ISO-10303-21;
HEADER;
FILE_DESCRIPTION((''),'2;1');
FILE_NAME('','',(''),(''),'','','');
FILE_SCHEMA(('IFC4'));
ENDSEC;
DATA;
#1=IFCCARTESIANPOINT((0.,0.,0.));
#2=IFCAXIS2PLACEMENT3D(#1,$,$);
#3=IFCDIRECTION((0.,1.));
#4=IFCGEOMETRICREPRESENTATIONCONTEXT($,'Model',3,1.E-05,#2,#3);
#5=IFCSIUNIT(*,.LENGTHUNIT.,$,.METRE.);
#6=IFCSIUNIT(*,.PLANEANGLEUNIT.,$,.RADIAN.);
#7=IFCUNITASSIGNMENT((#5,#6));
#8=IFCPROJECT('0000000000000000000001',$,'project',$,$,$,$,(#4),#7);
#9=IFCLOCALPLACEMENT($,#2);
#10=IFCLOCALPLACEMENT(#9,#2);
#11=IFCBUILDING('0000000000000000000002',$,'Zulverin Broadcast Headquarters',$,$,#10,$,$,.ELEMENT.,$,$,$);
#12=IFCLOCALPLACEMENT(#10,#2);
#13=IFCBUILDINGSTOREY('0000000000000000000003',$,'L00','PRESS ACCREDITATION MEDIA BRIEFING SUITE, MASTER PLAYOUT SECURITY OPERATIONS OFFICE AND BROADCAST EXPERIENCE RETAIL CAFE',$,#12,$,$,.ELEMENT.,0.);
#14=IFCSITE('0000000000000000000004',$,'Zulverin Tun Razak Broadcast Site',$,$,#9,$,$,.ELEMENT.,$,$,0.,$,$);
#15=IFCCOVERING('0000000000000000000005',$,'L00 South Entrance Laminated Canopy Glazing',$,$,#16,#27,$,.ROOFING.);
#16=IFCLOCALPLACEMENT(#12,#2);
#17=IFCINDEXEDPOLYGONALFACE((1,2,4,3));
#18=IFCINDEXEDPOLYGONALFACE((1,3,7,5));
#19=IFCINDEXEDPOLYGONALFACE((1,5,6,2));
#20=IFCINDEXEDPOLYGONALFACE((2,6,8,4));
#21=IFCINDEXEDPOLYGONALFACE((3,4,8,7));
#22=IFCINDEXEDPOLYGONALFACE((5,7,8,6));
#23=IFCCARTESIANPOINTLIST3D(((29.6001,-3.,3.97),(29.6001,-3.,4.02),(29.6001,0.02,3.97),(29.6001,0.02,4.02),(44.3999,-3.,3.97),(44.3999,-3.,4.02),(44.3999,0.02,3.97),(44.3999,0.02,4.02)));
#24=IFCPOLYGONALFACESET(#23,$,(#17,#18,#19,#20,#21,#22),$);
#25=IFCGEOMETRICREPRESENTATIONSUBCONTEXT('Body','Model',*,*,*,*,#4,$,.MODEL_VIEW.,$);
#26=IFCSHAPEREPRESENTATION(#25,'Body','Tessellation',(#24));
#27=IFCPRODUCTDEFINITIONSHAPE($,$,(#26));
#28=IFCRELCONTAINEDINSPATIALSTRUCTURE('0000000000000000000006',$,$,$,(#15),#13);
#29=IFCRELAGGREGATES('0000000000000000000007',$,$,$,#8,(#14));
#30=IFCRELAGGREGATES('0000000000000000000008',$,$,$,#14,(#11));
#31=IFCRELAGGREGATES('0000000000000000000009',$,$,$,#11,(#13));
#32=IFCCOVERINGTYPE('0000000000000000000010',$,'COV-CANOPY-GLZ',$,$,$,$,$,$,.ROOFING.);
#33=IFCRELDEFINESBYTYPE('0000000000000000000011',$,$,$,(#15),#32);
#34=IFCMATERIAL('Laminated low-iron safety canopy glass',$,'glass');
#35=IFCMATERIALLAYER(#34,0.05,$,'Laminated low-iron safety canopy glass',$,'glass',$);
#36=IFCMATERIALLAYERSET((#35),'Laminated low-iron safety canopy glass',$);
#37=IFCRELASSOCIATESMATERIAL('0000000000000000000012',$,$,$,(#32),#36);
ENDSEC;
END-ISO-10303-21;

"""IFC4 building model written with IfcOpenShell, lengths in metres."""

from ifc_helpers import new_model, si_unit, direction, frame, origin, place, context, subcontext, project, spatial, polyline, outline, extrude, material, layer, layer_set, type_object, element, save


model = new_model("IFC4")

# Units and contexts
model_context = context("Model", 3, precision=1e-05, world=origin(), true_north=direction((0.0, 1.0)))
body_context = subcontext(model_context, "Body", "Model", "MODEL_VIEW")
ifc_project = project(units=[si_unit("LENGTHUNIT", "METRE"), si_unit("PLANEANGLEUNIT", "RADIAN")], contexts=[model_context])

# Site, building, storey
site_placement = place(None, origin())
site = spatial("IfcSite", under=ifc_project, at=site_placement, Name="Zulverin Tun Razak Broadcast Site", CompositionType="ELEMENT", RefElevation=0.0)
building_placement = place(site_placement, origin())
building = spatial("IfcBuilding", under=site, at=building_placement, Name="Zulverin Broadcast Headquarters", CompositionType="ELEMENT")
storey_placement = place(building_placement, origin())
storey = spatial("IfcBuildingStorey", under=building, at=storey_placement, Name="L00", Description="PRESS ACCREDITATION MEDIA BRIEFING SUITE, MASTER PLAYOUT SECURITY OPERATIONS OFFICE AND BROADCAST EXPERIENCE RETAIL CAFE", CompositionType="ELEMENT", Elevation=0.0)

# Covering
ifc_material_1 = material(Name="Laminated low-iron safety canopy glass", Category="glass")
ifc_layer_1 = layer(ifc_material_1, 0.05, Name="Laminated low-iron safety canopy glass", Category="glass")
ifc_layer_set_1 = layer_set([ifc_layer_1], Name="Laminated low-iron safety canopy glass")
covering_type = type_object("IfcCoveringType", Name="COV-CANOPY-GLZ", PredefinedType="ROOFING", material=ifc_layer_set_1)
covering_placement = place(storey_placement, frame((0.0, 0.0, 3.97)))
element("IfcCovering", 1, at=covering_placement, inside=storey, type_object=covering_type, Name="L00 South Entrance Laminated Canopy Glazing", PredefinedType="ROOFING", context=body_context, shape_type="SweptSolid", body=[
    extrude(outline(polyline([(29.6001, -3.0), (44.3999, -3.0), (44.3999, 0.02), (29.6001, 0.02), (29.6001, -3.0)])), origin(), (0.0, 0.0, 1.0), 0.05),
])

save(model, "model.ifc")
